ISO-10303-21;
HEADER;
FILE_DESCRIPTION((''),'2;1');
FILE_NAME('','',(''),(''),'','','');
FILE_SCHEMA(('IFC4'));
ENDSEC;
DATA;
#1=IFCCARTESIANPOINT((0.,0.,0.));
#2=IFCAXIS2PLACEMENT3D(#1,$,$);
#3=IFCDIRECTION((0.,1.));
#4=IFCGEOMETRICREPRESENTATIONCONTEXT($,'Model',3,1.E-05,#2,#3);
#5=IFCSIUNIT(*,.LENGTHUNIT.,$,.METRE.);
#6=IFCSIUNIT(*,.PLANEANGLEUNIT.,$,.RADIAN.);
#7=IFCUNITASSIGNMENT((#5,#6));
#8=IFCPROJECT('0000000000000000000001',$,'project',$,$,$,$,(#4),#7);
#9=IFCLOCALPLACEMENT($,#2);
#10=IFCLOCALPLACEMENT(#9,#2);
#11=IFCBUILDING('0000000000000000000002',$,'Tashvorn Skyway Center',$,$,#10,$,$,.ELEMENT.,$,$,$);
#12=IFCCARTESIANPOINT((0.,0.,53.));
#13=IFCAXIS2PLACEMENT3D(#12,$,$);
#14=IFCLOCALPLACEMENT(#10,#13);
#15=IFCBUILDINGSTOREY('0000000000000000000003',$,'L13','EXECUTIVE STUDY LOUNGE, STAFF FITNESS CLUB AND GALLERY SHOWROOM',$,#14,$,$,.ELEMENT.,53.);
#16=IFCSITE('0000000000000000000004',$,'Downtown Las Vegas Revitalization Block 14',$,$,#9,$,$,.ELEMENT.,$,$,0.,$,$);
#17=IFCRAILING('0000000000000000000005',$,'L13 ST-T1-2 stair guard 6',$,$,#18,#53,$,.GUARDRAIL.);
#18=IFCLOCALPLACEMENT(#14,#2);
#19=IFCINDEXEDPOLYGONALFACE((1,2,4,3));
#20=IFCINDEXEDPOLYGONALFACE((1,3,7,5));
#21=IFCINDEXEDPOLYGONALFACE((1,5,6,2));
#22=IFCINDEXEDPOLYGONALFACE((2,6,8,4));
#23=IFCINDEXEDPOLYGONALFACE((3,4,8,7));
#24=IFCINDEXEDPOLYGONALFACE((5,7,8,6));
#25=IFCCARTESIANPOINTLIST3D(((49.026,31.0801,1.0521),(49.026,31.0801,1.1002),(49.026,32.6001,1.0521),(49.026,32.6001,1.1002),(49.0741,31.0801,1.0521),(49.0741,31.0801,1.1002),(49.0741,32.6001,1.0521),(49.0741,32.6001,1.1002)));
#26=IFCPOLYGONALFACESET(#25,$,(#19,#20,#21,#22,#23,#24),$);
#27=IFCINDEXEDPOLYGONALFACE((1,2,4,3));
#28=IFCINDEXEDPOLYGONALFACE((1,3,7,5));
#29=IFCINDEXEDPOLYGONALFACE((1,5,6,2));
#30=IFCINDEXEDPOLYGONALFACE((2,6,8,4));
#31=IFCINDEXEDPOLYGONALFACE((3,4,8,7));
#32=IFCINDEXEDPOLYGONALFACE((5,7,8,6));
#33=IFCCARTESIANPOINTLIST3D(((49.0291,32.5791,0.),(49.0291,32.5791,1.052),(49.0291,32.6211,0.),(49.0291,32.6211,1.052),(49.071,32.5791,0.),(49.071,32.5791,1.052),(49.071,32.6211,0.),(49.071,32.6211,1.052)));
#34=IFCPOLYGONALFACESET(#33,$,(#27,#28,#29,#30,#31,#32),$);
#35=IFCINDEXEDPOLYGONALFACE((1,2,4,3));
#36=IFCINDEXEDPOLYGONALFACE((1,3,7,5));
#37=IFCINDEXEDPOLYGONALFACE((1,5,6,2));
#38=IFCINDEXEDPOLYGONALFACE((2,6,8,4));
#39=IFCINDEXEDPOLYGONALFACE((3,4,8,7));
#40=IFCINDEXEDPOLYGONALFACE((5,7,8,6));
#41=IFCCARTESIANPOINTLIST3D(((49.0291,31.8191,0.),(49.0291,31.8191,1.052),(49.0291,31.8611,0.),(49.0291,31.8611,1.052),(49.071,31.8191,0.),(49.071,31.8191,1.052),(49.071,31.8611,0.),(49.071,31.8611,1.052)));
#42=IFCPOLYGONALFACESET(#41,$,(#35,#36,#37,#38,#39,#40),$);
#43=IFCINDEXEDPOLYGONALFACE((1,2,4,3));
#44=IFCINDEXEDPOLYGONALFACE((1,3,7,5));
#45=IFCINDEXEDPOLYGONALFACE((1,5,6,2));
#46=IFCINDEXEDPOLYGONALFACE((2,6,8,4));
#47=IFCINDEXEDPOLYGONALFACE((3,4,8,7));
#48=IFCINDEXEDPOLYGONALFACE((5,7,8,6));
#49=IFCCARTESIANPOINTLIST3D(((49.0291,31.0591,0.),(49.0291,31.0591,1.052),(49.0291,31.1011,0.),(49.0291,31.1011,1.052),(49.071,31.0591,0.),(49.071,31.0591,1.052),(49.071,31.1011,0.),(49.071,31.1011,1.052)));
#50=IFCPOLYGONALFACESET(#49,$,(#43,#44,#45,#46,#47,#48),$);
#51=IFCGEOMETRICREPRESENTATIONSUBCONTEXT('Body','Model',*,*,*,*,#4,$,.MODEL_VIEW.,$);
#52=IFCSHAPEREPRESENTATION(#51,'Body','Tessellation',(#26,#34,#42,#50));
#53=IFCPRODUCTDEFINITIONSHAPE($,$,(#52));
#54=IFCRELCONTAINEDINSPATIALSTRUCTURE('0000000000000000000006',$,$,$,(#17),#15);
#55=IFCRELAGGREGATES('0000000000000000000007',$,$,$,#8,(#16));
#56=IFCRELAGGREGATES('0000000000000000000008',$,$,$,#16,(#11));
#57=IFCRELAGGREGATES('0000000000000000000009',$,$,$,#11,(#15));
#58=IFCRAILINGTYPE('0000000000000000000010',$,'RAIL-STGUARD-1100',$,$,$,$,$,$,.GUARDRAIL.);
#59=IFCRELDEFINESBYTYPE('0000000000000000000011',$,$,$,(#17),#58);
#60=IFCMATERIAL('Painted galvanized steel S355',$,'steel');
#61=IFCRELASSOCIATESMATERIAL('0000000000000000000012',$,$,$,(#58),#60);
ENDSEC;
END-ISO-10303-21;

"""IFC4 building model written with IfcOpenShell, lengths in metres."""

from ifc_helpers import new_model, si_unit, direction, frame, origin, origin_2d, place, context, subcontext, project, spatial, rectangle, extrude, material, type_object, element, save


model = new_model("IFC4")

# Units and contexts
model_context = context("Model", 3, precision=1e-05, world=origin(), true_north=direction((0.0, 1.0)))
body_context = subcontext(model_context, "Body", "Model", "MODEL_VIEW")
ifc_project = project(units=[si_unit("LENGTHUNIT", "METRE"), si_unit("PLANEANGLEUNIT", "RADIAN")], contexts=[model_context])

# Site, building, storey
site_placement = place(None, origin())
site = spatial("IfcSite", under=ifc_project, at=site_placement, Name="Downtown Las Vegas Revitalization Block 14", CompositionType="ELEMENT", RefElevation=0.0)
building_placement = place(site_placement, origin())
building = spatial("IfcBuilding", under=site, at=building_placement, Name="Tashvorn Skyway Center", CompositionType="ELEMENT")
storey_placement = place(building_placement, frame((0.0, 0.0, 53.0)))
storey = spatial("IfcBuildingStorey", under=building, at=storey_placement, Name="L13", Description="EXECUTIVE STUDY LOUNGE, STAFF FITNESS CLUB AND GALLERY SHOWROOM", CompositionType="ELEMENT", Elevation=53.0)

# Railing
ifc_material_1 = material(Name="Painted galvanized steel S355", Category="steel")
railing_type = type_object("IfcRailingType", Name="RAIL-STGUARD-1100", PredefinedType="GUARDRAIL", material=ifc_material_1)
railing_placement = place(storey_placement, frame((49.05, 32.6001, 0.0)))
element("IfcRailing", 1, at=railing_placement, inside=storey, type_object=railing_type, Name="L13 ST-T1-2 stair guard 6", PredefinedType="GUARDRAIL", context=body_context, shape_type="SweptSolid", body=[
    extrude(rectangle(XDim=0.0481, YDim=0.0481, at=origin_2d()), frame((0.0, 0.0, 1.0762), z_axis=(0.0, -1.0, 0.0), x_axis=(1.0, 0.0, 0.0)), (0.0, 0.0, 1.0), 1.52),
    extrude(rectangle(XDim=0.042, YDim=0.042, at=origin_2d()), origin(), (0.0, 0.0, 1.0), 1.052),
    extrude(rectangle(XDim=0.042, YDim=0.042, at=origin_2d()), frame((0.0, -0.76, 0.0)), (0.0, 0.0, 1.0), 1.052),
    extrude(rectangle(XDim=0.042, YDim=0.042, at=origin_2d()), frame((0.0, -1.52, 0.0)), (0.0, 0.0, 1.0), 1.052),
])

save(model, "model.ifc")
